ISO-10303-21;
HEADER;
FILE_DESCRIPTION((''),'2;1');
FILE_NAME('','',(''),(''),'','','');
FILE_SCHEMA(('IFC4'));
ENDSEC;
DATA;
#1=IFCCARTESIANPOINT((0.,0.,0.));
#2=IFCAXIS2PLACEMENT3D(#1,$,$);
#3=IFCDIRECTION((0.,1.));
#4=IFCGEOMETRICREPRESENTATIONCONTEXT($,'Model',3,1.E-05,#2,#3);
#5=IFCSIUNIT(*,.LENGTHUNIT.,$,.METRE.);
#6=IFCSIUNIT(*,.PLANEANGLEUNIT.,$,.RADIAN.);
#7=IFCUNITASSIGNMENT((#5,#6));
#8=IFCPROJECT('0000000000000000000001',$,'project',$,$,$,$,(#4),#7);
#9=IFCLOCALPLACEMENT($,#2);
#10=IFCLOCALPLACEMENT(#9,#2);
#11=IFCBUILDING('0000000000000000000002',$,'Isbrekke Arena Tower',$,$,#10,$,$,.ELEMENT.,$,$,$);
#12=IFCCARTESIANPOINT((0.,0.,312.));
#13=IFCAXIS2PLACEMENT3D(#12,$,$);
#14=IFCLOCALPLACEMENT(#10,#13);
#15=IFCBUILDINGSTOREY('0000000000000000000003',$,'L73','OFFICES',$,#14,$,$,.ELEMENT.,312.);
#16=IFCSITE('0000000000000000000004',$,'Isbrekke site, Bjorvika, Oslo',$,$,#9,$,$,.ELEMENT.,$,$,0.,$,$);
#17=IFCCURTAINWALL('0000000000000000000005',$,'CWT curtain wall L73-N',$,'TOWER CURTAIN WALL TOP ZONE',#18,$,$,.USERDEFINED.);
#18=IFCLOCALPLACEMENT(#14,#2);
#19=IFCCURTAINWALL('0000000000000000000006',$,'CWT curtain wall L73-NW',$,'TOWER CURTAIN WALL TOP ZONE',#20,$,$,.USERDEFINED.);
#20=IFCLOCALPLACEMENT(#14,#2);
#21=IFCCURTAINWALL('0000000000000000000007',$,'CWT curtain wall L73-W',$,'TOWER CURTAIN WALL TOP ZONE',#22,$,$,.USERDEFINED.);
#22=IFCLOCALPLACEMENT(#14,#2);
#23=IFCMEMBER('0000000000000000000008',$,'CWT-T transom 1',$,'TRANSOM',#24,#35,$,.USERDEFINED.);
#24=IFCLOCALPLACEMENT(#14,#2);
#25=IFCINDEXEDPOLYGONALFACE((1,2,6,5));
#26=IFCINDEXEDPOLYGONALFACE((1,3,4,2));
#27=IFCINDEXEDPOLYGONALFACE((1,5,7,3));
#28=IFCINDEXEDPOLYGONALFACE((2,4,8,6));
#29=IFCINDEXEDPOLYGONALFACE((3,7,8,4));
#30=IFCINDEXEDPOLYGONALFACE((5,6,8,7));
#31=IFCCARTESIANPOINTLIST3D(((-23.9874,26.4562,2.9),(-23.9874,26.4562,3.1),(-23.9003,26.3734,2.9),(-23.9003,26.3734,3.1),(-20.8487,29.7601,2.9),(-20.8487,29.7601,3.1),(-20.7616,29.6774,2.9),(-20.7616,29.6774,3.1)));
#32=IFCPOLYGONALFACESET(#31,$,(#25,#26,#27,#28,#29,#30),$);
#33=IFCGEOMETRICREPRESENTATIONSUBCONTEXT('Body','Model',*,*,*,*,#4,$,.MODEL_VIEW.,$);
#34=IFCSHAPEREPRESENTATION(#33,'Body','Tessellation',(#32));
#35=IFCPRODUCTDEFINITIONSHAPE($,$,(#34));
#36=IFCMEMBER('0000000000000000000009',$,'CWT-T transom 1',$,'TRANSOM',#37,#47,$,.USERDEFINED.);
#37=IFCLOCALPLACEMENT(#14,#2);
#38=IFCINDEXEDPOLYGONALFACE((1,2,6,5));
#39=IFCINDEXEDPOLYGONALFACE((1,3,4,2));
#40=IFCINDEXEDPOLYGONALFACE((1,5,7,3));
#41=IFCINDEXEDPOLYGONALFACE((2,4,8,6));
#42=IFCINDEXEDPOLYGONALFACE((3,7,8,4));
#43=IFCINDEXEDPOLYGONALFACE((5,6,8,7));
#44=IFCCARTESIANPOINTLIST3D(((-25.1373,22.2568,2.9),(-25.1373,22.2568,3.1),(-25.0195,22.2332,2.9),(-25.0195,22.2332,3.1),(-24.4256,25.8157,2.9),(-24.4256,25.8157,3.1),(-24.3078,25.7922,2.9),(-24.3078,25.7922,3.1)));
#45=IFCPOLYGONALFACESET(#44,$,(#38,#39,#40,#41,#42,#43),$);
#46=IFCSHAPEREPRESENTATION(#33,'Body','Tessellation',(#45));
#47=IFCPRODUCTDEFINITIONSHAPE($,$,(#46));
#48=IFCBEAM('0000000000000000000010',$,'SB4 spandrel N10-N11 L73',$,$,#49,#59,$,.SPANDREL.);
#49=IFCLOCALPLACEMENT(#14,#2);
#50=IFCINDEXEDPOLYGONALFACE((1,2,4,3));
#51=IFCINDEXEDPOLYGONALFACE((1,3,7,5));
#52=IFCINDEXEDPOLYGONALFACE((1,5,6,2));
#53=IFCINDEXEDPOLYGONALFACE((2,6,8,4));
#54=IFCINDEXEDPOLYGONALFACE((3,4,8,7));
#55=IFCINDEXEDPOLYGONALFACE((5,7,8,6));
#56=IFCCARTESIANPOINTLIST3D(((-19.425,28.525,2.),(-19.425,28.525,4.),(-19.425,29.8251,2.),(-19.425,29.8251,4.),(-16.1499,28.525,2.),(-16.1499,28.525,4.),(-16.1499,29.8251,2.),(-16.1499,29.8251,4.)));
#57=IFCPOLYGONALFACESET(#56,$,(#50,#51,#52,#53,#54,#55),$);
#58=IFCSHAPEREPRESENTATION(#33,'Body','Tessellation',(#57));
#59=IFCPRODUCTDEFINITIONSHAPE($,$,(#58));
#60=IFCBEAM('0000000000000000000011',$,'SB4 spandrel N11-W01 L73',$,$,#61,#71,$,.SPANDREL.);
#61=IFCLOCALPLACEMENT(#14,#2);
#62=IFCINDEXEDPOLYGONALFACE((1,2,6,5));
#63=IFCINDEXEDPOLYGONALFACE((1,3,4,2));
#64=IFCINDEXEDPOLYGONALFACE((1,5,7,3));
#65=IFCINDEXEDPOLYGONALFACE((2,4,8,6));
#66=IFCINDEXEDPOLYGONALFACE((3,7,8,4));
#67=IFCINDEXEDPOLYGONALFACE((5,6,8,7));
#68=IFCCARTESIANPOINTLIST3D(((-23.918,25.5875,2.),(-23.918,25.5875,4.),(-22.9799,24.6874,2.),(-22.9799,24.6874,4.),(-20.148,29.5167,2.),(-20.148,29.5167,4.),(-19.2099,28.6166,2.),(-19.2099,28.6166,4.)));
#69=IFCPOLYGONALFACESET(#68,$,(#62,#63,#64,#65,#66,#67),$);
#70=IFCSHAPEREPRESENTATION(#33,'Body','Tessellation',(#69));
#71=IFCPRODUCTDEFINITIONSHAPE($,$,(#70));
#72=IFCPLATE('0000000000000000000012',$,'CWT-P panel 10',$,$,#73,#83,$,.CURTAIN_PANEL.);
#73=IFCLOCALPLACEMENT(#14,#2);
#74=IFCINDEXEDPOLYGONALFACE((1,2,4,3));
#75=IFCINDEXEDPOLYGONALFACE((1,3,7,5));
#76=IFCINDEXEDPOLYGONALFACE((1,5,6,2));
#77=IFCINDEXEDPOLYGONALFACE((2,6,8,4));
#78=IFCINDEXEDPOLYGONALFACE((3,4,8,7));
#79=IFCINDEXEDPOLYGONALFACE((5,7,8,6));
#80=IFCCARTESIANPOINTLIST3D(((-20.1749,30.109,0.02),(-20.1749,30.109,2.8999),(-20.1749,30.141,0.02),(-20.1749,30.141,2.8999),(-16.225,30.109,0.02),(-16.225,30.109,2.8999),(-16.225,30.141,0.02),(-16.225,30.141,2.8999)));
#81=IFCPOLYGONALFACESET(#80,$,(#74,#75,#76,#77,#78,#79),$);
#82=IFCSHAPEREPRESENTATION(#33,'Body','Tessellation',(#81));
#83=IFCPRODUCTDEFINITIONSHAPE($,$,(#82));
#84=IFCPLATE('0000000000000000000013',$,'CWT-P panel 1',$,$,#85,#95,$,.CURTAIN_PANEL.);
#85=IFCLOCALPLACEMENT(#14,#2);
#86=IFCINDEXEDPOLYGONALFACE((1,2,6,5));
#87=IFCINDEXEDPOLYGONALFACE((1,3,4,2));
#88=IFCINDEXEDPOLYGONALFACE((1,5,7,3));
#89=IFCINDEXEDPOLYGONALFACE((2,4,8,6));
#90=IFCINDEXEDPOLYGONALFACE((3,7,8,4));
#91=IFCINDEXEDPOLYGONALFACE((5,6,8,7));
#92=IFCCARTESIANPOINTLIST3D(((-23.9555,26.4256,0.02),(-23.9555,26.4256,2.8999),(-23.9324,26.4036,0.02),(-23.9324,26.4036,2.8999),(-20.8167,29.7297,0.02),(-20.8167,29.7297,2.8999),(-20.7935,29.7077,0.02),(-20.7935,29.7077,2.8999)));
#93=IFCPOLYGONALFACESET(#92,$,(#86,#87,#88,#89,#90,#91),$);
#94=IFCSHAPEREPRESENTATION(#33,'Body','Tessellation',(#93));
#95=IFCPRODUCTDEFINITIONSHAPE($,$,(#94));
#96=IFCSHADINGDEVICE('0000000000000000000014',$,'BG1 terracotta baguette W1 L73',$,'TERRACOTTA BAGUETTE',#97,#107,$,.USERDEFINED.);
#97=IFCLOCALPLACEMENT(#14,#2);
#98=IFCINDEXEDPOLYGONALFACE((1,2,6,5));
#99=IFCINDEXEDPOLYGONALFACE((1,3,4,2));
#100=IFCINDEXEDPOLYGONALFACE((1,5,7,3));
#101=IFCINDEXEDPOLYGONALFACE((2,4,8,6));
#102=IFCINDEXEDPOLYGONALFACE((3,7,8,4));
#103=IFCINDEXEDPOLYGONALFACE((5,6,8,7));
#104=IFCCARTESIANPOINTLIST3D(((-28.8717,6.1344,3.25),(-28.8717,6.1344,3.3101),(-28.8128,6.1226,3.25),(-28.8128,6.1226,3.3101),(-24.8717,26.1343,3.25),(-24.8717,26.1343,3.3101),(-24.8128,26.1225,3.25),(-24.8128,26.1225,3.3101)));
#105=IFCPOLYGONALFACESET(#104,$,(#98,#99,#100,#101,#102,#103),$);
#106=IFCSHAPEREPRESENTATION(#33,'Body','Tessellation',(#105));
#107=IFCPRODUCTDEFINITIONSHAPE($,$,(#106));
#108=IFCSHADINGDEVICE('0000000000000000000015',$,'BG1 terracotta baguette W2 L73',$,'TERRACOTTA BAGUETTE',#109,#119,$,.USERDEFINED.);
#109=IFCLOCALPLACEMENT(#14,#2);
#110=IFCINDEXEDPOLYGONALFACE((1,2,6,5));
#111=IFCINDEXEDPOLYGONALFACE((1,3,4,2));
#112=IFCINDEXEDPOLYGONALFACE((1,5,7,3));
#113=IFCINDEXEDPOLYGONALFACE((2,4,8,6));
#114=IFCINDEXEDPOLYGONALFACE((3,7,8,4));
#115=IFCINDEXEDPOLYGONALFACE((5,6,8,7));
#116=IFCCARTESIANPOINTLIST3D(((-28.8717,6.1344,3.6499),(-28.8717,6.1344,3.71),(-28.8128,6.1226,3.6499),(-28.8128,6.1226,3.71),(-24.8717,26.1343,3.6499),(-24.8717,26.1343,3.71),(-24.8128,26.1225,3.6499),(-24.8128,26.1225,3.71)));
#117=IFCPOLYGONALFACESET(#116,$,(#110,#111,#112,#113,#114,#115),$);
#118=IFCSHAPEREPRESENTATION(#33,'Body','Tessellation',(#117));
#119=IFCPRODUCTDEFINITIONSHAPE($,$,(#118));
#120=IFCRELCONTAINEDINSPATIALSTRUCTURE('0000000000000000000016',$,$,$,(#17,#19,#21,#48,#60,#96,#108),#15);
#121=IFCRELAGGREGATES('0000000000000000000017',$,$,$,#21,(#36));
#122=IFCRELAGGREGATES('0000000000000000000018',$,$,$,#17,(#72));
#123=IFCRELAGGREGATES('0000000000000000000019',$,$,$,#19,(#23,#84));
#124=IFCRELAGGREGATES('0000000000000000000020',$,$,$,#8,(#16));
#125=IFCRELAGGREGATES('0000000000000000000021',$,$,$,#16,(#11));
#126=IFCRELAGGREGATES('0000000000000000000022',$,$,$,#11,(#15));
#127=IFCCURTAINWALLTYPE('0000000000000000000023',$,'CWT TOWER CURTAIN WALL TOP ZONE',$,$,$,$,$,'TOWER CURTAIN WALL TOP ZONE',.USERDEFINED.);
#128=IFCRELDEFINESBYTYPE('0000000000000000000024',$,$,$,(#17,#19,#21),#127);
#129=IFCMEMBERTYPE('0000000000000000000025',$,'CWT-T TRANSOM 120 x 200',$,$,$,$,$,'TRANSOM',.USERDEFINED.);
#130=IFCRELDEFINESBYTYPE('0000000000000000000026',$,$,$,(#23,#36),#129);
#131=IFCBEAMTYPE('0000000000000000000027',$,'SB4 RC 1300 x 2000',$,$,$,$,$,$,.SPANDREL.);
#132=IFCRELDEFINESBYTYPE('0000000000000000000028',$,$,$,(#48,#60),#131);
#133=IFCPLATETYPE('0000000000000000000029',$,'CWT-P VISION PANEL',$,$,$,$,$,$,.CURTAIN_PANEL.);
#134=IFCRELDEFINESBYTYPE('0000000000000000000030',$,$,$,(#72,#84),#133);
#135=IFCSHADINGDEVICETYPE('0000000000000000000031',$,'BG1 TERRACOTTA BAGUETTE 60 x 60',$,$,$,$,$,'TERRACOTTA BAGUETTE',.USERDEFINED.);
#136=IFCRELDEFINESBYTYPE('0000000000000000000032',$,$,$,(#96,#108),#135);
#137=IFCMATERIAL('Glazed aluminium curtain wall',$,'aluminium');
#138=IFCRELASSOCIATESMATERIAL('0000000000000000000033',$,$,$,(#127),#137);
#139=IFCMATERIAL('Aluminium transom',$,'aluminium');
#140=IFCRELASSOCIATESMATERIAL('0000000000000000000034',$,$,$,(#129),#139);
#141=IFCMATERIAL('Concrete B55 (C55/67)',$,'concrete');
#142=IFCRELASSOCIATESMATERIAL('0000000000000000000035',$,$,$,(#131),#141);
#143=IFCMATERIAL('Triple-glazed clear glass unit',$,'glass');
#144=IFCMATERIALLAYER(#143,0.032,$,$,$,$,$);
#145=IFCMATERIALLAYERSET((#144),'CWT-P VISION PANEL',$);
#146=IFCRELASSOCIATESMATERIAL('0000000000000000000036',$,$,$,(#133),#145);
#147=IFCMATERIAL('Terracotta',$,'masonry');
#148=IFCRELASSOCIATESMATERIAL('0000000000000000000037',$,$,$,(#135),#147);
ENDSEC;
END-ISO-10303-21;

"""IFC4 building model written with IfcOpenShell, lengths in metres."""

from ifc_helpers import new_model, si_unit, direction, frame, origin, origin_2d, place, context, subcontext, project, spatial, rectangle, extrude, material, layer, layer_set, material_profile, profile_set, type_object, element, aggregate, save


model = new_model("IFC4")

# Units and contexts
model_context = context("Model", 3, precision=1e-05, world=origin(), true_north=direction((0.0, 1.0)))
body_context = subcontext(model_context, "Body", "Model", "MODEL_VIEW")
ifc_project = project(units=[si_unit("LENGTHUNIT", "METRE"), si_unit("PLANEANGLEUNIT", "RADIAN")], contexts=[model_context])

# Site, building, storey
site_placement = place(None, origin())
site = spatial("IfcSite", under=ifc_project, at=site_placement, Name="Isbrekke site, Bjorvika, Oslo", CompositionType="ELEMENT", RefElevation=0.0)
building_placement = place(site_placement, origin())
building = spatial("IfcBuilding", under=site, at=building_placement, Name="Isbrekke Arena Tower", CompositionType="ELEMENT")
storey_placement = place(building_placement, frame((0.0, 0.0, 312.0)))
storey = spatial("IfcBuildingStorey", under=building, at=storey_placement, Name="L73", Description="OFFICES", CompositionType="ELEMENT", Elevation=312.0)

# Curtain wall
ifc_material_1 = material(Name="Glazed aluminium curtain wall", Category="aluminium")
curtain_wall_type = type_object("IfcCurtainWallType", Name="CWT TOWER CURTAIN WALL TOP ZONE", ElementType="TOWER CURTAIN WALL TOP ZONE", PredefinedType="USERDEFINED", material=ifc_material_1)
curtain_wall_1_placement = place(storey_placement, origin())
curtain_wall_1 = element("IfcCurtainWall", 1, at=curtain_wall_1_placement, inside=storey, type_object=curtain_wall_type, Name="CWT curtain wall L73-N", ObjectType="TOWER CURTAIN WALL TOP ZONE", PredefinedType="USERDEFINED")

# Curtain wall
curtain_wall_2_placement = place(storey_placement, origin())
curtain_wall_2 = element("IfcCurtainWall", 2, at=curtain_wall_2_placement, inside=storey, type_object=curtain_wall_type, Name="CWT curtain wall L73-NW", ObjectType="TOWER CURTAIN WALL TOP ZONE", PredefinedType="USERDEFINED")

# Curtain wall
curtain_wall_3_placement = place(storey_placement, origin())
curtain_wall_3 = element("IfcCurtainWall", 3, at=curtain_wall_3_placement, inside=storey, type_object=curtain_wall_type, Name="CWT curtain wall L73-W", ObjectType="TOWER CURTAIN WALL TOP ZONE", PredefinedType="USERDEFINED")

# Members
ifc_material_2 = material(Name="Aluminium transom", Category="aluminium")
ifc_material_profile_1 = material_profile(ifc_material_2, rectangle(XDim=0.1201, YDim=0.2, at=origin_2d()), Name="TRANSOM 120X200")
ifc_profile_set_1 = profile_set([ifc_material_profile_1], Name="Aluminium transom")
member_type_1 = type_object("IfcMemberType", Name="CWT-T TRANSOM 120 x 200", ElementType="TRANSOM", PredefinedType="USERDEFINED", material=ifc_profile_set_1)
member_1_placement = place(storey_placement, frame((-20.8052, 29.7188, 3.0), z_axis=(-0.68874, -0.725009, 0.0), x_axis=(0.725009, -0.68874, 0.0)))
member_1 = element("IfcMember", 4, at=member_1_placement, type_object=member_type_1, Name="CWT-T transom 1", ObjectType="TRANSOM", PredefinedType="USERDEFINED", context=body_context, shape_type="SweptSolid", body=[
    extrude(rectangle(XDim=0.1201, YDim=0.2, at=origin_2d()), origin(), (0.0, 0.0, 1.0), 4.5571),
])
member_2_placement = place(storey_placement, frame((-24.3667, 25.804, 3.0), z_axis=(-0.19609, -0.980586, 0.0), x_axis=(0.980586, -0.19609, 0.0)))
member_2 = element("IfcMember", 5, at=member_2_placement, type_object=member_type_1, Name="CWT-T transom 1", ObjectType="TRANSOM", PredefinedType="USERDEFINED", context=body_context, shape_type="SweptSolid", body=[
    extrude(rectangle(XDim=0.1201, YDim=0.2, at=origin_2d()), origin(), (0.0, 0.0, 1.0), 3.6294),
])
aggregate(curtain_wall_3, [member_2])

# Beams
ifc_material_3 = material(Name="Concrete B55 (C55/67)", Category="concrete")
ifc_material_profile_2 = material_profile(ifc_material_3, rectangle(XDim=1.3, YDim=2.0, at=origin_2d()), Name="RC 1300x2000")
ifc_profile_set_2 = profile_set([ifc_material_profile_2], Name="Concrete B55 (C55/67)")
beam_type_1 = type_object("IfcBeamType", Name="SB4 RC 1300 x 2000", PredefinedType="SPANDREL", material=ifc_profile_set_2)
beam_1_placement = place(storey_placement, frame((-16.1499, 29.175, 3.0), z_axis=(-1.0, 0.0, 0.0), x_axis=(0.0, -1.0, 0.0)))
element("IfcBeam", 6, at=beam_1_placement, inside=storey, type_object=beam_type_1, Name="SB4 spandrel N10-N11 L73", PredefinedType="SPANDREL", context=body_context, shape_type="SweptSolid", body=[
    extrude(rectangle(XDim=1.3, YDim=2.0, at=origin_2d()), origin(), (0.0, 0.0, 1.0), 3.2751),
])
beam_2_placement = place(storey_placement, frame((-19.679, 29.0667, 3.0), z_axis=(-0.69234, -0.721572, 0.0), x_axis=(0.721572, -0.69234, 0.0)))
element("IfcBeam", 7, at=beam_2_placement, inside=storey, type_object=beam_type_1, Name="SB4 spandrel N11-W01 L73", PredefinedType="SPANDREL", context=body_context, shape_type="SweptSolid", body=[
    extrude(rectangle(XDim=1.3, YDim=2.0, at=origin_2d()), origin(), (0.0, 0.0, 1.0), 5.4453),
])

# Plates
ifc_material_4 = material(Name="Triple-glazed clear glass unit", Category="glass")
ifc_layer_1 = layer(ifc_material_4, 0.032)
ifc_layer_set_1 = layer_set([ifc_layer_1], Name="CWT-P VISION PANEL")
plate_type = type_object("IfcPlateType", Name="CWT-P VISION PANEL", PredefinedType="CURTAIN_PANEL", material=ifc_layer_set_1)
plate_1_placement = place(storey_placement, frame((-18.2, 30.125, 0.02), z_axis=(0.0, 0.0, 1.0), x_axis=(-1.0, 0.0, 0.0)))
plate_1 = element("IfcPlate", 8, at=plate_1_placement, type_object=plate_type, Name="CWT-P panel 10", PredefinedType="CURTAIN_PANEL", context=body_context, shape_type="SweptSolid", body=[
    extrude(rectangle(XDim=3.95, YDim=0.032, at=origin_2d()), origin(), (0.0, 0.0, 1.0), 2.8799),
])
aggregate(curtain_wall_1, [plate_1])
plate_2_placement = place(storey_placement, frame((-22.3745, 28.0667, 0.02), z_axis=(0.0, 0.0, 1.0), x_axis=(-0.688749, -0.724999, 0.0)))
plate_2 = element("IfcPlate", 9, at=plate_2_placement, type_object=plate_type, Name="CWT-P panel 1", PredefinedType="CURTAIN_PANEL", context=body_context, shape_type="SweptSolid", body=[
    extrude(rectangle(XDim=4.5574, YDim=0.032, at=origin_2d()), origin(), (0.0, 0.0, 1.0), 2.8799),
])
aggregate(curtain_wall_2, [member_1, plate_2])

# Shading devices
ifc_material_5 = material(Name="Terracotta", Category="masonry")
ifc_material_profile_3 = material_profile(ifc_material_5, rectangle(XDim=0.0601, YDim=0.0601, at=origin_2d()), Name="BAGUETTE 60X60")
ifc_profile_set_3 = profile_set([ifc_material_profile_3], Name="Terracotta")
shading_device_type = type_object("IfcShadingDeviceType", Name="BG1 TERRACOTTA BAGUETTE 60 x 60", ElementType="TERRACOTTA BAGUETTE", PredefinedType="USERDEFINED", material=ifc_profile_set_3)
for number, where, z_axis, x_axis, name in (
    (10, (-24.8423, 26.1284, 3.28), (-0.196116, -0.980581, 0.0), (0.980581, -0.196116, 0.0), "BG1 terracotta baguette W1 L73"),
    (11, (-24.8423, 26.1284, 3.6799), (-0.196116, -0.980581, 0.0), (0.980581, -0.196116, 0.0), "BG1 terracotta baguette W2 L73"),
):
    element("IfcShadingDevice", number, at=place(storey_placement, frame(where, z_axis=z_axis, x_axis=x_axis)), inside=storey, type_object=shading_device_type, Name=name, ObjectType="TERRACOTTA BAGUETTE", PredefinedType="USERDEFINED", context=body_context, shape_type="SweptSolid", body=[
        extrude(rectangle(XDim=0.0601, YDim=0.0601, at=origin_2d()), origin(), (0.0, 0.0, 1.0), 20.396),
    ])

save(model, "model.ifc")
